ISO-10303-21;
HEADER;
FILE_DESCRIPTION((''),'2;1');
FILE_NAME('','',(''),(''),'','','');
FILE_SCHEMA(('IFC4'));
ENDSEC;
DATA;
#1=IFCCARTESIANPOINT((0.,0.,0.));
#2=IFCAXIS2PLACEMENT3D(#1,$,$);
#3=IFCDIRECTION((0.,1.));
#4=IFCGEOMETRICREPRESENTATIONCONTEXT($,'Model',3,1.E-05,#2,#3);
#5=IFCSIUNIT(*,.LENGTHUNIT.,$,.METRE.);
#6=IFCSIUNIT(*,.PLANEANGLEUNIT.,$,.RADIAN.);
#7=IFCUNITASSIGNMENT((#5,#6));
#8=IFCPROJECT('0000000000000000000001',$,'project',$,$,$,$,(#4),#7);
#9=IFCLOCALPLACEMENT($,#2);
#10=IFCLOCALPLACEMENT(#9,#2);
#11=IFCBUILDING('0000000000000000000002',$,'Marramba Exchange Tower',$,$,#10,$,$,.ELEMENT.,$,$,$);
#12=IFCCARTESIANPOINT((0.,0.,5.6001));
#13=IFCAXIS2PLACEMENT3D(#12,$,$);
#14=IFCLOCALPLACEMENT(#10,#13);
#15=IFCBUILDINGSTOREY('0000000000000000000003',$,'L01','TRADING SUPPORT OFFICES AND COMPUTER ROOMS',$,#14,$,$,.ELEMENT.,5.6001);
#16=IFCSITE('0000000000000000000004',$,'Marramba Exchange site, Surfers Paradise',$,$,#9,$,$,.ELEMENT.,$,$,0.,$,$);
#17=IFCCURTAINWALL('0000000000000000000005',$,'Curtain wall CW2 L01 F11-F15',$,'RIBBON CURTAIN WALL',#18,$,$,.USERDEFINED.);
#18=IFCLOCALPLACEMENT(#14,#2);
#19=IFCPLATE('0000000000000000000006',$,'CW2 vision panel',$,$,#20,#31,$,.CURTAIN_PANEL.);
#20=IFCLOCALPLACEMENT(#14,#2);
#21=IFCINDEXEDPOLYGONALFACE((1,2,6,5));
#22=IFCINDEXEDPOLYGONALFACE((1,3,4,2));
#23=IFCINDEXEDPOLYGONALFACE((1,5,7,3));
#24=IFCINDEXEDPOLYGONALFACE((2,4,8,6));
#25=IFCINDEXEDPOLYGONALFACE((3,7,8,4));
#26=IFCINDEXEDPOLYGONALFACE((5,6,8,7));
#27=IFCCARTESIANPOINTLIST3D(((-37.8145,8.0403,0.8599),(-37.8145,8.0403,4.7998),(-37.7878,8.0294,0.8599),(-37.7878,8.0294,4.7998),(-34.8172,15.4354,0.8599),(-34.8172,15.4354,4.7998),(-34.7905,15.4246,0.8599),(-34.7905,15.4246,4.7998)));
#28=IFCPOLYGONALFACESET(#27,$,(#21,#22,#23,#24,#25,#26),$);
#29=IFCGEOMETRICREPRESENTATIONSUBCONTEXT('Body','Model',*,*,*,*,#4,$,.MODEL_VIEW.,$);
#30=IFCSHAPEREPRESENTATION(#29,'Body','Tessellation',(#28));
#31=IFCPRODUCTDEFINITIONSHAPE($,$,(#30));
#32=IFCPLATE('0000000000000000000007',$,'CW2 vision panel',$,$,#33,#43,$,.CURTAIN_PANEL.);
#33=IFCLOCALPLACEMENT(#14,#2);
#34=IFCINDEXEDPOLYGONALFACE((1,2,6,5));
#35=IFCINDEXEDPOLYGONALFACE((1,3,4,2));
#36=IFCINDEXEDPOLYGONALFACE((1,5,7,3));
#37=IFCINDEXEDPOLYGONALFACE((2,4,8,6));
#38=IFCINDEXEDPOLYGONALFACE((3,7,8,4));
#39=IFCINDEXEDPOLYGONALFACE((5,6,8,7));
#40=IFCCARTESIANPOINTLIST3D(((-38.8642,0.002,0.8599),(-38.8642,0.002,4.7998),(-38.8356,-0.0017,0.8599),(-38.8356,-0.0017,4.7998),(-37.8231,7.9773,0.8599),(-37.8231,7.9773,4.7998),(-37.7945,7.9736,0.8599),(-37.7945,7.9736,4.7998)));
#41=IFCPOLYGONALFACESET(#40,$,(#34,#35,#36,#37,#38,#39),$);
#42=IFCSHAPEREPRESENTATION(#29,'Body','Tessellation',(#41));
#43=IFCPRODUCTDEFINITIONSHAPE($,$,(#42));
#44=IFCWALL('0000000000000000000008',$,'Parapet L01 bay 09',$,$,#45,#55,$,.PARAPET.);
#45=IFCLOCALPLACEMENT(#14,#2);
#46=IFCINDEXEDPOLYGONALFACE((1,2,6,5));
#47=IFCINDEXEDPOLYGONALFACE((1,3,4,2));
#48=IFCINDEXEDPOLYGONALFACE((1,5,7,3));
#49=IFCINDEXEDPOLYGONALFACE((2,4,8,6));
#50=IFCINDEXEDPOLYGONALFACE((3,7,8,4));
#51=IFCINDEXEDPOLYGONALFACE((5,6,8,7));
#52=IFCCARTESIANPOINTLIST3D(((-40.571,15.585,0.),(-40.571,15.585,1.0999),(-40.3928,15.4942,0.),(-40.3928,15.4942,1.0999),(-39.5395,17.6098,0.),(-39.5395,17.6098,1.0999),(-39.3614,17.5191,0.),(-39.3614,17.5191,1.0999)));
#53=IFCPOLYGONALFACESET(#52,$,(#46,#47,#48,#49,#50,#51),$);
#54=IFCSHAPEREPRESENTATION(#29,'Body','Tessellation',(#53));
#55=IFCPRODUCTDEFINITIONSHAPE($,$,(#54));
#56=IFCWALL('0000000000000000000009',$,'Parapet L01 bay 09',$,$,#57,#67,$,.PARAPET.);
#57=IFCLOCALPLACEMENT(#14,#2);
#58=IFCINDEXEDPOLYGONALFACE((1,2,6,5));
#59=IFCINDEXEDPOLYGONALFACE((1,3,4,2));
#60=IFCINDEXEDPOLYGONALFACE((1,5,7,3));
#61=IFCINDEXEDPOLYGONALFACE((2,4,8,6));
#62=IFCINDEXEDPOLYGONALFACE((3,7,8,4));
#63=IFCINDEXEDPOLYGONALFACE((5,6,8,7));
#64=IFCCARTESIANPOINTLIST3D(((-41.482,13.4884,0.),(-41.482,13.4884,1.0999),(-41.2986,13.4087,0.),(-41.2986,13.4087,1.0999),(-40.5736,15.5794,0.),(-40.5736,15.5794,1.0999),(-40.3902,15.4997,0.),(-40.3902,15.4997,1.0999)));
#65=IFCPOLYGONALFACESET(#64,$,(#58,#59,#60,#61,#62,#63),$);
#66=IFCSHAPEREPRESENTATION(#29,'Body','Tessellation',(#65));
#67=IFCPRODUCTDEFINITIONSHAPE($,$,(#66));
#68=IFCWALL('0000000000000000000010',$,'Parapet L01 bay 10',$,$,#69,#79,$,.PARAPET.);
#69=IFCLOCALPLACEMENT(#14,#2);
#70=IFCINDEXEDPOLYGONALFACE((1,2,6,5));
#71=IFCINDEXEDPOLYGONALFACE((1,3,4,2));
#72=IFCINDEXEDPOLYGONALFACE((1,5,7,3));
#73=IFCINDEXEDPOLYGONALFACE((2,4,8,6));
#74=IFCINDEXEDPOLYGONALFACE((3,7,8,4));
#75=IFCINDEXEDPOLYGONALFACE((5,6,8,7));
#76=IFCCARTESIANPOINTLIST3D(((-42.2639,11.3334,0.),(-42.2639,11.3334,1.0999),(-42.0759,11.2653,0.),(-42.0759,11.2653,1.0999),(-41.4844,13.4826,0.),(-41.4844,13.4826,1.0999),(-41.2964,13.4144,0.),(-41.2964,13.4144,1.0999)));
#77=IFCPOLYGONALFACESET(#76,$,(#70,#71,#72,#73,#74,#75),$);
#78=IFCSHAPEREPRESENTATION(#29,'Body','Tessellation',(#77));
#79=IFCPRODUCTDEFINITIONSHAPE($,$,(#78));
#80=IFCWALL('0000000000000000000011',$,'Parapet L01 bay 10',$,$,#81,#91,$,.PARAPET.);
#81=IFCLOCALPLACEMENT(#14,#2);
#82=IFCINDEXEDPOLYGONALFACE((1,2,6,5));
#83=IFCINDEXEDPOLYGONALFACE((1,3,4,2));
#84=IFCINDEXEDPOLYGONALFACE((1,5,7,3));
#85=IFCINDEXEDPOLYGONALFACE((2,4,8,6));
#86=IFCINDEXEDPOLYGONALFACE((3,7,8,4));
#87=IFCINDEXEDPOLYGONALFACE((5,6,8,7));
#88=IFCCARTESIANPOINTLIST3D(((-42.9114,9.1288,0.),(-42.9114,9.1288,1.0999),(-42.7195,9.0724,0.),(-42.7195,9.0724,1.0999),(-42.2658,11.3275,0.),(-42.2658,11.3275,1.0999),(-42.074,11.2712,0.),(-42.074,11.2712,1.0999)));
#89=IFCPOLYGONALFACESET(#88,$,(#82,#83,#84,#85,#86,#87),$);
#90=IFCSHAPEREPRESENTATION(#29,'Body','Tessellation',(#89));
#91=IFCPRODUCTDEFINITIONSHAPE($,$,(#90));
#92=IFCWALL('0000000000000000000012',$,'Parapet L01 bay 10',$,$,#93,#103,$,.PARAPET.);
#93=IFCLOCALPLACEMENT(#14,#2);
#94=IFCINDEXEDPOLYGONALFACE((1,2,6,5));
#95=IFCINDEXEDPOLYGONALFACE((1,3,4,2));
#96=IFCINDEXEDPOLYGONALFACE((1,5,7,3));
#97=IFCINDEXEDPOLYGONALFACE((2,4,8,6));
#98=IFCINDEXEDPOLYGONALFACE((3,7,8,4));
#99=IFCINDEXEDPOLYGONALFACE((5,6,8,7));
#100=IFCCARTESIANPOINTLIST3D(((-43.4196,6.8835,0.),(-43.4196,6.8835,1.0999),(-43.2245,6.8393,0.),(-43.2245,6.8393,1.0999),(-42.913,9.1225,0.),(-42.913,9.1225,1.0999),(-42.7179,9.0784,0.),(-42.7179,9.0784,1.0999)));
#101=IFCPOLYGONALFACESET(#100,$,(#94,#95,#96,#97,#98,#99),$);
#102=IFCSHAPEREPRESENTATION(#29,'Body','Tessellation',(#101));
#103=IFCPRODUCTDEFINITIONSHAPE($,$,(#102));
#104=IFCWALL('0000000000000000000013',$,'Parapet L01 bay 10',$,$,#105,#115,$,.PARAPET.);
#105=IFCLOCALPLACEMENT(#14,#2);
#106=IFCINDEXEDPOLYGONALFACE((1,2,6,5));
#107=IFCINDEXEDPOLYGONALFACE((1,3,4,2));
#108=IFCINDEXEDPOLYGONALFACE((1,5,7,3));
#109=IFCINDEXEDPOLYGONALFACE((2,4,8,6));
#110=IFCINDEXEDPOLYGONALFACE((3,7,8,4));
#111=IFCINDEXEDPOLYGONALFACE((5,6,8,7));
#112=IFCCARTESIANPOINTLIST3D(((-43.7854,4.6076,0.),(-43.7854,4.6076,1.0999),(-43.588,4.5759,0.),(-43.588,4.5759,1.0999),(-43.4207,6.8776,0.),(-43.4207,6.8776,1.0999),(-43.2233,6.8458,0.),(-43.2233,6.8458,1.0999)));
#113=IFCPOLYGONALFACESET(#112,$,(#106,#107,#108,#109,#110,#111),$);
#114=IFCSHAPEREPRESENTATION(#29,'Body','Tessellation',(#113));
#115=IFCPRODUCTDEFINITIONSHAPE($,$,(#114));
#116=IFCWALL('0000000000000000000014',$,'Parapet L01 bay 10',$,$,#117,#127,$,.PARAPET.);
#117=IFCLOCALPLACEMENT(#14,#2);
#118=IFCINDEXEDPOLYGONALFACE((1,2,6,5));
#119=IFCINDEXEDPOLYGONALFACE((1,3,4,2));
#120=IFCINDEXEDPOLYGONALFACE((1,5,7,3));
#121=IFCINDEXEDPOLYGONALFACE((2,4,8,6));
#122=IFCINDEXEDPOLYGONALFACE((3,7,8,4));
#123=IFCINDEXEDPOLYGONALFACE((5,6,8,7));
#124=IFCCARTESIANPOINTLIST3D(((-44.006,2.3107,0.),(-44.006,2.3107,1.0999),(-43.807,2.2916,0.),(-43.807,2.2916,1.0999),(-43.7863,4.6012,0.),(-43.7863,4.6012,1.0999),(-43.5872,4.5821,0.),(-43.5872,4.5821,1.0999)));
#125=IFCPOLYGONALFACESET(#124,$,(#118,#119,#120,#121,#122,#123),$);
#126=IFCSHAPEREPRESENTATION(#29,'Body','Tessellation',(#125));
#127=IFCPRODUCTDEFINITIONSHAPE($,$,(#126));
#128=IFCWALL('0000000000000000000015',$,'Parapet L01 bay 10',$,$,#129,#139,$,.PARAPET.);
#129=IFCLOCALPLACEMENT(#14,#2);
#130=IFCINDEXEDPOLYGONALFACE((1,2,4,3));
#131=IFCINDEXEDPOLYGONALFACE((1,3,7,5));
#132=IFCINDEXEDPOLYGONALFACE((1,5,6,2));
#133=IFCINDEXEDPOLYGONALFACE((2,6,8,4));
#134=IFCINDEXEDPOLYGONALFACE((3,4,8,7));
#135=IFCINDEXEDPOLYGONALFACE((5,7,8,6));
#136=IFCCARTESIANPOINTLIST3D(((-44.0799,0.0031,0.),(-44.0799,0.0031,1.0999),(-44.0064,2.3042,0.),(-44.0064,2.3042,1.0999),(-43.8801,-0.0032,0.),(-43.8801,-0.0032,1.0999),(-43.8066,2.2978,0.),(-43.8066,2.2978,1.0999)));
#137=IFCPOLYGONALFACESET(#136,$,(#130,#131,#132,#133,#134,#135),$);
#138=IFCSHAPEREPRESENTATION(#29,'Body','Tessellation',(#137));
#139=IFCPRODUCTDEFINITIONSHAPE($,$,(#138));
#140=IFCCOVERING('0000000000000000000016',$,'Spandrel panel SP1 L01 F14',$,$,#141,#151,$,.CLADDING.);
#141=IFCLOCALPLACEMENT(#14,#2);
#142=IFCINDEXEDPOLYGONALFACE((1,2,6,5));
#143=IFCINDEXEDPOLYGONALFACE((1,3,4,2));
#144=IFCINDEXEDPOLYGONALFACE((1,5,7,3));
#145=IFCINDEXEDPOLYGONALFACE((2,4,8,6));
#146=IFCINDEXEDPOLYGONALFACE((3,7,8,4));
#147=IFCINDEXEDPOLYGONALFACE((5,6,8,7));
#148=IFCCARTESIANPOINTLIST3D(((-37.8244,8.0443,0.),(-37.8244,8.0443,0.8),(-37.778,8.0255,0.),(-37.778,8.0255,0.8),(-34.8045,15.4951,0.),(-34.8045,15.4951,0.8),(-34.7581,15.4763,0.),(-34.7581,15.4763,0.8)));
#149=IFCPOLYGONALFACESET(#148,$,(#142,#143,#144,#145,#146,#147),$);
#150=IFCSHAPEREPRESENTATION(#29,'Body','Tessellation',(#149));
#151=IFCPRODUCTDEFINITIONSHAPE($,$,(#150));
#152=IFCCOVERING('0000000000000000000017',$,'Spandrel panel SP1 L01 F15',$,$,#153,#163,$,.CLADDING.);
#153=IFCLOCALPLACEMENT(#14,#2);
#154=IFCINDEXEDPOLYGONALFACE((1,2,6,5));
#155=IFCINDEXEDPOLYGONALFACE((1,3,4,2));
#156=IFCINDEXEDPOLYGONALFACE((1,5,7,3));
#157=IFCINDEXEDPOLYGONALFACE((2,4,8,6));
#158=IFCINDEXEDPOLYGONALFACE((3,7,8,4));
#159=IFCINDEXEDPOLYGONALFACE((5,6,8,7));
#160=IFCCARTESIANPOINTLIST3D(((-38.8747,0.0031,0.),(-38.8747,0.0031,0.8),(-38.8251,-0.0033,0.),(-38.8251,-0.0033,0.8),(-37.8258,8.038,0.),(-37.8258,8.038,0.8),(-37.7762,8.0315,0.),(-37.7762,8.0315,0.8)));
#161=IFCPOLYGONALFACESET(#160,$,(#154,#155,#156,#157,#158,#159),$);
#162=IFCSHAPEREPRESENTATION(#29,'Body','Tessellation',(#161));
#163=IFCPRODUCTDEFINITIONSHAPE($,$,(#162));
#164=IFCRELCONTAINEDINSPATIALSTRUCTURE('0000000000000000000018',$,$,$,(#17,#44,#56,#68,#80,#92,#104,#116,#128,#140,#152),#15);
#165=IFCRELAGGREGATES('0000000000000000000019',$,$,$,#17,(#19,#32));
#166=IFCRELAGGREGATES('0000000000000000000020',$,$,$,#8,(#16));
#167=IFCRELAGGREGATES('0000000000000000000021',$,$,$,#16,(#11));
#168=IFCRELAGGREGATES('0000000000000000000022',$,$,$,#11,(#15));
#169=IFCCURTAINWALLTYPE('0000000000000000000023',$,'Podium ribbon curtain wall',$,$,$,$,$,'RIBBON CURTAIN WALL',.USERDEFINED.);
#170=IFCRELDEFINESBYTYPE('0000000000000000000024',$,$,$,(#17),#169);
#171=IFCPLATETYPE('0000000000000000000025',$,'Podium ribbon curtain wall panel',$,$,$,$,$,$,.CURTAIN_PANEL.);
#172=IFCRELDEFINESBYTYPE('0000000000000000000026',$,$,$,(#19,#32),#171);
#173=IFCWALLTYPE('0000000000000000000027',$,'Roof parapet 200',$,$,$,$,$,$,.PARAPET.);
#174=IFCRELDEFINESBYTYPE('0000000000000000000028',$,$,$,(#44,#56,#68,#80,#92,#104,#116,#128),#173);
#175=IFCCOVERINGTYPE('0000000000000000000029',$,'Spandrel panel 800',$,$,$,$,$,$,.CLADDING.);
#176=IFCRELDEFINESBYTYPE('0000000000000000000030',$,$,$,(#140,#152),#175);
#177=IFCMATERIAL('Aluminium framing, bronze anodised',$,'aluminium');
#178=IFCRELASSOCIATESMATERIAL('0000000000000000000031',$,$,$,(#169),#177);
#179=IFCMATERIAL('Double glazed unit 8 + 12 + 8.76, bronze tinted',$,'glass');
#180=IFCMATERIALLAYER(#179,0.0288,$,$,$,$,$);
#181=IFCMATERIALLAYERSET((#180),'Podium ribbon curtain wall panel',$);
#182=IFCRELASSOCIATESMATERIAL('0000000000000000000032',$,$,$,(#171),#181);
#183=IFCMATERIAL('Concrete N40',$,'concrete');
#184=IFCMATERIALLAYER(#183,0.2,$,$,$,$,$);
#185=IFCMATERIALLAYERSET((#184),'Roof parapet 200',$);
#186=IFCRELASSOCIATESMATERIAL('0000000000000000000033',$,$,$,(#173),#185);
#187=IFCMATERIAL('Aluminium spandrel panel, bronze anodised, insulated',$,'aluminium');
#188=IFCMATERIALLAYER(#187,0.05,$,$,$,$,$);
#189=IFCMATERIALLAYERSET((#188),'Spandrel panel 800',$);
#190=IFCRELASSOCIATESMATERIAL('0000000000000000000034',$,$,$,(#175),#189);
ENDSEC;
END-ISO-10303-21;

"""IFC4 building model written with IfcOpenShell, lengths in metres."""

from ifc_helpers import new_model, si_unit, direction, frame, frame_2d, origin, origin_2d, place, context, subcontext, project, spatial, rectangle, extrude, material, layer, layer_set, type_object, element, aggregate, save


model = new_model("IFC4")

# Units and contexts
model_context = context("Model", 3, precision=1e-05, world=origin(), true_north=direction((0.0, 1.0)))
body_context = subcontext(model_context, "Body", "Model", "MODEL_VIEW")
ifc_project = project(units=[si_unit("LENGTHUNIT", "METRE"), si_unit("PLANEANGLEUNIT", "RADIAN")], contexts=[model_context])

# Site, building, storey
site_placement = place(None, origin())
site = spatial("IfcSite", under=ifc_project, at=site_placement, Name="Marramba Exchange site, Surfers Paradise", CompositionType="ELEMENT", RefElevation=0.0)
building_placement = place(site_placement, origin())
building = spatial("IfcBuilding", under=site, at=building_placement, Name="Marramba Exchange Tower", CompositionType="ELEMENT")
storey_placement = place(building_placement, frame((0.0, 0.0, 5.6001)))
storey = spatial("IfcBuildingStorey", under=building, at=storey_placement, Name="L01", Description="TRADING SUPPORT OFFICES AND COMPUTER ROOMS", CompositionType="ELEMENT", Elevation=5.6001)

# Curtain wall
ifc_material_1 = material(Name="Aluminium framing, bronze anodised", Category="aluminium")
curtain_wall_type = type_object("IfcCurtainWallType", Name="Podium ribbon curtain wall", ElementType="RIBBON CURTAIN WALL", PredefinedType="USERDEFINED", material=ifc_material_1)
curtain_wall_placement = place(storey_placement, origin())
curtain_wall = element("IfcCurtainWall", 1, at=curtain_wall_placement, inside=storey, type_object=curtain_wall_type, Name="Curtain wall CW2 L01 F11-F15", ObjectType="RIBBON CURTAIN WALL", PredefinedType="USERDEFINED")

# Plates
ifc_material_2 = material(Name="Double glazed unit 8 + 12 + 8.76, bronze tinted", Category="glass")
ifc_layer_1 = layer(ifc_material_2, 0.0288)
ifc_layer_set_1 = layer_set([ifc_layer_1], Name="Podium ribbon curtain wall panel")
plate_type = type_object("IfcPlateType", Name="Podium ribbon curtain wall panel", PredefinedType="CURTAIN_PANEL", material=ifc_layer_set_1)
plate_1_placement = place(storey_placement, frame((-36.3025, 11.7324, 0.8599), z_axis=(0.0, 0.0, 1.0), x_axis=(-0.375632, -0.926769, 0.0)))
plate_1 = element("IfcPlate", 2, at=plate_1_placement, type_object=plate_type, Name="CW2 vision panel", PredefinedType="CURTAIN_PANEL", context=body_context, shape_type="SweptSolid", body=[
    extrude(rectangle(XDim=7.9795, YDim=0.0288, at=origin_2d()), origin(), (0.0, 0.0, 1.0), 3.9399),
])
plate_2_placement = place(storey_placement, frame((-38.3293, 3.9878, 0.8599), z_axis=(0.0, 0.0, 1.0), x_axis=(-0.129443, -0.991587, 0.0)))
plate_2 = element("IfcPlate", 3, at=plate_2_placement, type_object=plate_type, Name="CW2 vision panel", PredefinedType="CURTAIN_PANEL", context=body_context, shape_type="SweptSolid", body=[
    extrude(rectangle(XDim=8.043, YDim=0.0288, at=origin_2d()), origin(), (0.0, 0.0, 1.0), 3.9399),
])
aggregate(curtain_wall, [plate_1, plate_2])

# Walls
ifc_material_3 = material(Name="Concrete N40", Category="concrete")
ifc_layer_2 = layer(ifc_material_3, 0.2)
ifc_layer_set_2 = layer_set([ifc_layer_2], Name="Roof parapet 200")
wall_type = type_object("IfcWallType", Name="Roof parapet 200", PredefinedType="PARAPET", material=ifc_layer_set_2)
wall_1_placement = place(storey_placement, frame((-39.4504, 17.5645, 0.0), z_axis=(0.0, 0.0, 1.0), x_axis=(-0.453905, -0.89105, 0.0)))
element("IfcWall", 4, at=wall_1_placement, inside=storey, type_object=wall_type, Name="Parapet L01 bay 09", PredefinedType="PARAPET", context=body_context, shape_type="SweptSolid", body=[
    extrude(rectangle(XDim=2.2725, YDim=0.2, at=frame_2d((1.1362, 0.0))), origin(), (0.0, 0.0, 1.0), 1.0999),
])
wall_2_placement = place(storey_placement, frame((-40.4819, 15.5396, 0.0), z_axis=(0.0, 0.0, 1.0), x_axis=(-0.398464, -0.917184, 0.0)))
element("IfcWall", 5, at=wall_2_placement, inside=storey, type_object=wall_type, Name="Parapet L01 bay 09", PredefinedType="PARAPET", context=body_context, shape_type="SweptSolid", body=[
    extrude(rectangle(XDim=2.2798, YDim=0.2, at=frame_2d((1.1399, 0.0))), origin(), (0.0, 0.0, 1.0), 1.0999),
])
wall_3_placement = place(storey_placement, frame((-41.3904, 13.4485, 0.0), z_axis=(0.0, 0.0, 1.0), x_axis=(-0.34098, -0.940071, 0.0)))
element("IfcWall", 6, at=wall_3_placement, inside=storey, type_object=wall_type, Name="Parapet L01 bay 10", PredefinedType="PARAPET", context=body_context, shape_type="SweptSolid", body=[
    extrude(rectangle(XDim=2.2861, YDim=0.2, at=frame_2d((1.1431, 0.0))), origin(), (0.0, 0.0, 1.0), 1.0999),
])
wall_4_placement = place(storey_placement, frame((-42.1699, 11.2993, 0.0), z_axis=(0.0, 0.0, 1.0), x_axis=(-0.281693, -0.959504, 0.0)))
element("IfcWall", 7, at=wall_4_placement, inside=storey, type_object=wall_type, Name="Parapet L01 bay 10", PredefinedType="PARAPET", context=body_context, shape_type="SweptSolid", body=[
    extrude(rectangle(XDim=2.2915, YDim=0.2, at=frame_2d((1.1458, 0.0))), origin(), (0.0, 0.0, 1.0), 1.0999),
])
wall_5_placement = place(storey_placement, frame((-42.8154, 9.1006, 0.0), z_axis=(0.0, 0.0, 1.0), x_axis=(-0.220679, -0.975347, 0.0)))
element("IfcWall", 8, at=wall_5_placement, inside=storey, type_object=wall_type, Name="Parapet L01 bay 10", PredefinedType="PARAPET", context=body_context, shape_type="SweptSolid", body=[
    extrude(rectangle(XDim=2.2957, YDim=0.2, at=frame_2d((1.1479, 0.0))), origin(), (0.0, 0.0, 1.0), 1.0999),
])
wall_6_placement = place(storey_placement, frame((-43.322, 6.8616, 0.0), z_axis=(0.0, 0.0, 1.0), x_axis=(-0.158645, -0.987336, 0.0)))
element("IfcWall", 9, at=wall_6_placement, inside=storey, type_object=wall_type, Name="Parapet L01 bay 10", PredefinedType="PARAPET", context=body_context, shape_type="SweptSolid", body=[
    extrude(rectangle(XDim=2.2991, YDim=0.2, at=frame_2d((1.1494, 0.0))), origin(), (0.0, 0.0, 1.0), 1.0999),
])
wall_7_placement = place(storey_placement, frame((-43.6868, 4.5916, 0.0), z_axis=(0.0, 0.0, 1.0), x_axis=(-0.09549, -0.99543, 0.0)))
element("IfcWall", 10, at=wall_7_placement, inside=storey, type_object=wall_type, Name="Parapet L01 bay 10", PredefinedType="PARAPET", context=body_context, shape_type="SweptSolid", body=[
    extrude(rectangle(XDim=2.301, YDim=0.2, at=frame_2d((1.1504, 0.0))), origin(), (0.0, 0.0, 1.0), 1.0999),
])
wall_8_placement = place(storey_placement, frame((-43.9065, 2.301, 0.0), z_axis=(0.0, 0.0, 1.0), x_axis=(-0.03192, -0.99949, 0.0)))
element("IfcWall", 11, at=wall_8_placement, inside=storey, type_object=wall_type, Name="Parapet L01 bay 10", PredefinedType="PARAPET", context=body_context, shape_type="SweptSolid", body=[
    extrude(rectangle(XDim=2.3022, YDim=0.2, at=frame_2d((1.1511, 0.0))), origin(), (0.0, 0.0, 1.0), 1.0999),
])

# Coverings
ifc_material_4 = material(Name="Aluminium spandrel panel, bronze anodised, insulated", Category="aluminium")
ifc_layer_3 = layer(ifc_material_4, 0.05)
ifc_layer_set_3 = layer_set([ifc_layer_3], Name="Spandrel panel 800")
covering_type = type_object("IfcCoveringType", Name="Spandrel panel 800", PredefinedType="CLADDING", material=ifc_layer_set_3)
covering_1_placement = place(storey_placement, frame((-36.2913, 11.7603, 0.0), z_axis=(0.0, 0.0, 1.0), x_axis=(-0.375632, -0.926769, 0.0)))
element("IfcCovering", 12, at=covering_1_placement, inside=storey, type_object=covering_type, Name="Spandrel panel SP1 L01 F14", PredefinedType="CLADDING", context=body_context, shape_type="SweptSolid", body=[
    extrude(rectangle(XDim=8.0396, YDim=0.05, at=origin_2d()), origin(), (0.0, 0.0, 1.0), 0.8),
])
covering_2_placement = place(storey_placement, frame((-38.3254, 4.0173, 0.0), z_axis=(0.0, 0.0, 1.0), x_axis=(-0.129443, -0.991587, 0.0)))
element("IfcCovering", 13, at=covering_2_placement, inside=storey, type_object=covering_type, Name="Spandrel panel SP1 L01 F15", PredefinedType="CLADDING", context=body_context, shape_type="SweptSolid", body=[
    extrude(rectangle(XDim=8.103, YDim=0.05, at=origin_2d()), origin(), (0.0, 0.0, 1.0), 0.8),
])

save(model, "model.ifc")
